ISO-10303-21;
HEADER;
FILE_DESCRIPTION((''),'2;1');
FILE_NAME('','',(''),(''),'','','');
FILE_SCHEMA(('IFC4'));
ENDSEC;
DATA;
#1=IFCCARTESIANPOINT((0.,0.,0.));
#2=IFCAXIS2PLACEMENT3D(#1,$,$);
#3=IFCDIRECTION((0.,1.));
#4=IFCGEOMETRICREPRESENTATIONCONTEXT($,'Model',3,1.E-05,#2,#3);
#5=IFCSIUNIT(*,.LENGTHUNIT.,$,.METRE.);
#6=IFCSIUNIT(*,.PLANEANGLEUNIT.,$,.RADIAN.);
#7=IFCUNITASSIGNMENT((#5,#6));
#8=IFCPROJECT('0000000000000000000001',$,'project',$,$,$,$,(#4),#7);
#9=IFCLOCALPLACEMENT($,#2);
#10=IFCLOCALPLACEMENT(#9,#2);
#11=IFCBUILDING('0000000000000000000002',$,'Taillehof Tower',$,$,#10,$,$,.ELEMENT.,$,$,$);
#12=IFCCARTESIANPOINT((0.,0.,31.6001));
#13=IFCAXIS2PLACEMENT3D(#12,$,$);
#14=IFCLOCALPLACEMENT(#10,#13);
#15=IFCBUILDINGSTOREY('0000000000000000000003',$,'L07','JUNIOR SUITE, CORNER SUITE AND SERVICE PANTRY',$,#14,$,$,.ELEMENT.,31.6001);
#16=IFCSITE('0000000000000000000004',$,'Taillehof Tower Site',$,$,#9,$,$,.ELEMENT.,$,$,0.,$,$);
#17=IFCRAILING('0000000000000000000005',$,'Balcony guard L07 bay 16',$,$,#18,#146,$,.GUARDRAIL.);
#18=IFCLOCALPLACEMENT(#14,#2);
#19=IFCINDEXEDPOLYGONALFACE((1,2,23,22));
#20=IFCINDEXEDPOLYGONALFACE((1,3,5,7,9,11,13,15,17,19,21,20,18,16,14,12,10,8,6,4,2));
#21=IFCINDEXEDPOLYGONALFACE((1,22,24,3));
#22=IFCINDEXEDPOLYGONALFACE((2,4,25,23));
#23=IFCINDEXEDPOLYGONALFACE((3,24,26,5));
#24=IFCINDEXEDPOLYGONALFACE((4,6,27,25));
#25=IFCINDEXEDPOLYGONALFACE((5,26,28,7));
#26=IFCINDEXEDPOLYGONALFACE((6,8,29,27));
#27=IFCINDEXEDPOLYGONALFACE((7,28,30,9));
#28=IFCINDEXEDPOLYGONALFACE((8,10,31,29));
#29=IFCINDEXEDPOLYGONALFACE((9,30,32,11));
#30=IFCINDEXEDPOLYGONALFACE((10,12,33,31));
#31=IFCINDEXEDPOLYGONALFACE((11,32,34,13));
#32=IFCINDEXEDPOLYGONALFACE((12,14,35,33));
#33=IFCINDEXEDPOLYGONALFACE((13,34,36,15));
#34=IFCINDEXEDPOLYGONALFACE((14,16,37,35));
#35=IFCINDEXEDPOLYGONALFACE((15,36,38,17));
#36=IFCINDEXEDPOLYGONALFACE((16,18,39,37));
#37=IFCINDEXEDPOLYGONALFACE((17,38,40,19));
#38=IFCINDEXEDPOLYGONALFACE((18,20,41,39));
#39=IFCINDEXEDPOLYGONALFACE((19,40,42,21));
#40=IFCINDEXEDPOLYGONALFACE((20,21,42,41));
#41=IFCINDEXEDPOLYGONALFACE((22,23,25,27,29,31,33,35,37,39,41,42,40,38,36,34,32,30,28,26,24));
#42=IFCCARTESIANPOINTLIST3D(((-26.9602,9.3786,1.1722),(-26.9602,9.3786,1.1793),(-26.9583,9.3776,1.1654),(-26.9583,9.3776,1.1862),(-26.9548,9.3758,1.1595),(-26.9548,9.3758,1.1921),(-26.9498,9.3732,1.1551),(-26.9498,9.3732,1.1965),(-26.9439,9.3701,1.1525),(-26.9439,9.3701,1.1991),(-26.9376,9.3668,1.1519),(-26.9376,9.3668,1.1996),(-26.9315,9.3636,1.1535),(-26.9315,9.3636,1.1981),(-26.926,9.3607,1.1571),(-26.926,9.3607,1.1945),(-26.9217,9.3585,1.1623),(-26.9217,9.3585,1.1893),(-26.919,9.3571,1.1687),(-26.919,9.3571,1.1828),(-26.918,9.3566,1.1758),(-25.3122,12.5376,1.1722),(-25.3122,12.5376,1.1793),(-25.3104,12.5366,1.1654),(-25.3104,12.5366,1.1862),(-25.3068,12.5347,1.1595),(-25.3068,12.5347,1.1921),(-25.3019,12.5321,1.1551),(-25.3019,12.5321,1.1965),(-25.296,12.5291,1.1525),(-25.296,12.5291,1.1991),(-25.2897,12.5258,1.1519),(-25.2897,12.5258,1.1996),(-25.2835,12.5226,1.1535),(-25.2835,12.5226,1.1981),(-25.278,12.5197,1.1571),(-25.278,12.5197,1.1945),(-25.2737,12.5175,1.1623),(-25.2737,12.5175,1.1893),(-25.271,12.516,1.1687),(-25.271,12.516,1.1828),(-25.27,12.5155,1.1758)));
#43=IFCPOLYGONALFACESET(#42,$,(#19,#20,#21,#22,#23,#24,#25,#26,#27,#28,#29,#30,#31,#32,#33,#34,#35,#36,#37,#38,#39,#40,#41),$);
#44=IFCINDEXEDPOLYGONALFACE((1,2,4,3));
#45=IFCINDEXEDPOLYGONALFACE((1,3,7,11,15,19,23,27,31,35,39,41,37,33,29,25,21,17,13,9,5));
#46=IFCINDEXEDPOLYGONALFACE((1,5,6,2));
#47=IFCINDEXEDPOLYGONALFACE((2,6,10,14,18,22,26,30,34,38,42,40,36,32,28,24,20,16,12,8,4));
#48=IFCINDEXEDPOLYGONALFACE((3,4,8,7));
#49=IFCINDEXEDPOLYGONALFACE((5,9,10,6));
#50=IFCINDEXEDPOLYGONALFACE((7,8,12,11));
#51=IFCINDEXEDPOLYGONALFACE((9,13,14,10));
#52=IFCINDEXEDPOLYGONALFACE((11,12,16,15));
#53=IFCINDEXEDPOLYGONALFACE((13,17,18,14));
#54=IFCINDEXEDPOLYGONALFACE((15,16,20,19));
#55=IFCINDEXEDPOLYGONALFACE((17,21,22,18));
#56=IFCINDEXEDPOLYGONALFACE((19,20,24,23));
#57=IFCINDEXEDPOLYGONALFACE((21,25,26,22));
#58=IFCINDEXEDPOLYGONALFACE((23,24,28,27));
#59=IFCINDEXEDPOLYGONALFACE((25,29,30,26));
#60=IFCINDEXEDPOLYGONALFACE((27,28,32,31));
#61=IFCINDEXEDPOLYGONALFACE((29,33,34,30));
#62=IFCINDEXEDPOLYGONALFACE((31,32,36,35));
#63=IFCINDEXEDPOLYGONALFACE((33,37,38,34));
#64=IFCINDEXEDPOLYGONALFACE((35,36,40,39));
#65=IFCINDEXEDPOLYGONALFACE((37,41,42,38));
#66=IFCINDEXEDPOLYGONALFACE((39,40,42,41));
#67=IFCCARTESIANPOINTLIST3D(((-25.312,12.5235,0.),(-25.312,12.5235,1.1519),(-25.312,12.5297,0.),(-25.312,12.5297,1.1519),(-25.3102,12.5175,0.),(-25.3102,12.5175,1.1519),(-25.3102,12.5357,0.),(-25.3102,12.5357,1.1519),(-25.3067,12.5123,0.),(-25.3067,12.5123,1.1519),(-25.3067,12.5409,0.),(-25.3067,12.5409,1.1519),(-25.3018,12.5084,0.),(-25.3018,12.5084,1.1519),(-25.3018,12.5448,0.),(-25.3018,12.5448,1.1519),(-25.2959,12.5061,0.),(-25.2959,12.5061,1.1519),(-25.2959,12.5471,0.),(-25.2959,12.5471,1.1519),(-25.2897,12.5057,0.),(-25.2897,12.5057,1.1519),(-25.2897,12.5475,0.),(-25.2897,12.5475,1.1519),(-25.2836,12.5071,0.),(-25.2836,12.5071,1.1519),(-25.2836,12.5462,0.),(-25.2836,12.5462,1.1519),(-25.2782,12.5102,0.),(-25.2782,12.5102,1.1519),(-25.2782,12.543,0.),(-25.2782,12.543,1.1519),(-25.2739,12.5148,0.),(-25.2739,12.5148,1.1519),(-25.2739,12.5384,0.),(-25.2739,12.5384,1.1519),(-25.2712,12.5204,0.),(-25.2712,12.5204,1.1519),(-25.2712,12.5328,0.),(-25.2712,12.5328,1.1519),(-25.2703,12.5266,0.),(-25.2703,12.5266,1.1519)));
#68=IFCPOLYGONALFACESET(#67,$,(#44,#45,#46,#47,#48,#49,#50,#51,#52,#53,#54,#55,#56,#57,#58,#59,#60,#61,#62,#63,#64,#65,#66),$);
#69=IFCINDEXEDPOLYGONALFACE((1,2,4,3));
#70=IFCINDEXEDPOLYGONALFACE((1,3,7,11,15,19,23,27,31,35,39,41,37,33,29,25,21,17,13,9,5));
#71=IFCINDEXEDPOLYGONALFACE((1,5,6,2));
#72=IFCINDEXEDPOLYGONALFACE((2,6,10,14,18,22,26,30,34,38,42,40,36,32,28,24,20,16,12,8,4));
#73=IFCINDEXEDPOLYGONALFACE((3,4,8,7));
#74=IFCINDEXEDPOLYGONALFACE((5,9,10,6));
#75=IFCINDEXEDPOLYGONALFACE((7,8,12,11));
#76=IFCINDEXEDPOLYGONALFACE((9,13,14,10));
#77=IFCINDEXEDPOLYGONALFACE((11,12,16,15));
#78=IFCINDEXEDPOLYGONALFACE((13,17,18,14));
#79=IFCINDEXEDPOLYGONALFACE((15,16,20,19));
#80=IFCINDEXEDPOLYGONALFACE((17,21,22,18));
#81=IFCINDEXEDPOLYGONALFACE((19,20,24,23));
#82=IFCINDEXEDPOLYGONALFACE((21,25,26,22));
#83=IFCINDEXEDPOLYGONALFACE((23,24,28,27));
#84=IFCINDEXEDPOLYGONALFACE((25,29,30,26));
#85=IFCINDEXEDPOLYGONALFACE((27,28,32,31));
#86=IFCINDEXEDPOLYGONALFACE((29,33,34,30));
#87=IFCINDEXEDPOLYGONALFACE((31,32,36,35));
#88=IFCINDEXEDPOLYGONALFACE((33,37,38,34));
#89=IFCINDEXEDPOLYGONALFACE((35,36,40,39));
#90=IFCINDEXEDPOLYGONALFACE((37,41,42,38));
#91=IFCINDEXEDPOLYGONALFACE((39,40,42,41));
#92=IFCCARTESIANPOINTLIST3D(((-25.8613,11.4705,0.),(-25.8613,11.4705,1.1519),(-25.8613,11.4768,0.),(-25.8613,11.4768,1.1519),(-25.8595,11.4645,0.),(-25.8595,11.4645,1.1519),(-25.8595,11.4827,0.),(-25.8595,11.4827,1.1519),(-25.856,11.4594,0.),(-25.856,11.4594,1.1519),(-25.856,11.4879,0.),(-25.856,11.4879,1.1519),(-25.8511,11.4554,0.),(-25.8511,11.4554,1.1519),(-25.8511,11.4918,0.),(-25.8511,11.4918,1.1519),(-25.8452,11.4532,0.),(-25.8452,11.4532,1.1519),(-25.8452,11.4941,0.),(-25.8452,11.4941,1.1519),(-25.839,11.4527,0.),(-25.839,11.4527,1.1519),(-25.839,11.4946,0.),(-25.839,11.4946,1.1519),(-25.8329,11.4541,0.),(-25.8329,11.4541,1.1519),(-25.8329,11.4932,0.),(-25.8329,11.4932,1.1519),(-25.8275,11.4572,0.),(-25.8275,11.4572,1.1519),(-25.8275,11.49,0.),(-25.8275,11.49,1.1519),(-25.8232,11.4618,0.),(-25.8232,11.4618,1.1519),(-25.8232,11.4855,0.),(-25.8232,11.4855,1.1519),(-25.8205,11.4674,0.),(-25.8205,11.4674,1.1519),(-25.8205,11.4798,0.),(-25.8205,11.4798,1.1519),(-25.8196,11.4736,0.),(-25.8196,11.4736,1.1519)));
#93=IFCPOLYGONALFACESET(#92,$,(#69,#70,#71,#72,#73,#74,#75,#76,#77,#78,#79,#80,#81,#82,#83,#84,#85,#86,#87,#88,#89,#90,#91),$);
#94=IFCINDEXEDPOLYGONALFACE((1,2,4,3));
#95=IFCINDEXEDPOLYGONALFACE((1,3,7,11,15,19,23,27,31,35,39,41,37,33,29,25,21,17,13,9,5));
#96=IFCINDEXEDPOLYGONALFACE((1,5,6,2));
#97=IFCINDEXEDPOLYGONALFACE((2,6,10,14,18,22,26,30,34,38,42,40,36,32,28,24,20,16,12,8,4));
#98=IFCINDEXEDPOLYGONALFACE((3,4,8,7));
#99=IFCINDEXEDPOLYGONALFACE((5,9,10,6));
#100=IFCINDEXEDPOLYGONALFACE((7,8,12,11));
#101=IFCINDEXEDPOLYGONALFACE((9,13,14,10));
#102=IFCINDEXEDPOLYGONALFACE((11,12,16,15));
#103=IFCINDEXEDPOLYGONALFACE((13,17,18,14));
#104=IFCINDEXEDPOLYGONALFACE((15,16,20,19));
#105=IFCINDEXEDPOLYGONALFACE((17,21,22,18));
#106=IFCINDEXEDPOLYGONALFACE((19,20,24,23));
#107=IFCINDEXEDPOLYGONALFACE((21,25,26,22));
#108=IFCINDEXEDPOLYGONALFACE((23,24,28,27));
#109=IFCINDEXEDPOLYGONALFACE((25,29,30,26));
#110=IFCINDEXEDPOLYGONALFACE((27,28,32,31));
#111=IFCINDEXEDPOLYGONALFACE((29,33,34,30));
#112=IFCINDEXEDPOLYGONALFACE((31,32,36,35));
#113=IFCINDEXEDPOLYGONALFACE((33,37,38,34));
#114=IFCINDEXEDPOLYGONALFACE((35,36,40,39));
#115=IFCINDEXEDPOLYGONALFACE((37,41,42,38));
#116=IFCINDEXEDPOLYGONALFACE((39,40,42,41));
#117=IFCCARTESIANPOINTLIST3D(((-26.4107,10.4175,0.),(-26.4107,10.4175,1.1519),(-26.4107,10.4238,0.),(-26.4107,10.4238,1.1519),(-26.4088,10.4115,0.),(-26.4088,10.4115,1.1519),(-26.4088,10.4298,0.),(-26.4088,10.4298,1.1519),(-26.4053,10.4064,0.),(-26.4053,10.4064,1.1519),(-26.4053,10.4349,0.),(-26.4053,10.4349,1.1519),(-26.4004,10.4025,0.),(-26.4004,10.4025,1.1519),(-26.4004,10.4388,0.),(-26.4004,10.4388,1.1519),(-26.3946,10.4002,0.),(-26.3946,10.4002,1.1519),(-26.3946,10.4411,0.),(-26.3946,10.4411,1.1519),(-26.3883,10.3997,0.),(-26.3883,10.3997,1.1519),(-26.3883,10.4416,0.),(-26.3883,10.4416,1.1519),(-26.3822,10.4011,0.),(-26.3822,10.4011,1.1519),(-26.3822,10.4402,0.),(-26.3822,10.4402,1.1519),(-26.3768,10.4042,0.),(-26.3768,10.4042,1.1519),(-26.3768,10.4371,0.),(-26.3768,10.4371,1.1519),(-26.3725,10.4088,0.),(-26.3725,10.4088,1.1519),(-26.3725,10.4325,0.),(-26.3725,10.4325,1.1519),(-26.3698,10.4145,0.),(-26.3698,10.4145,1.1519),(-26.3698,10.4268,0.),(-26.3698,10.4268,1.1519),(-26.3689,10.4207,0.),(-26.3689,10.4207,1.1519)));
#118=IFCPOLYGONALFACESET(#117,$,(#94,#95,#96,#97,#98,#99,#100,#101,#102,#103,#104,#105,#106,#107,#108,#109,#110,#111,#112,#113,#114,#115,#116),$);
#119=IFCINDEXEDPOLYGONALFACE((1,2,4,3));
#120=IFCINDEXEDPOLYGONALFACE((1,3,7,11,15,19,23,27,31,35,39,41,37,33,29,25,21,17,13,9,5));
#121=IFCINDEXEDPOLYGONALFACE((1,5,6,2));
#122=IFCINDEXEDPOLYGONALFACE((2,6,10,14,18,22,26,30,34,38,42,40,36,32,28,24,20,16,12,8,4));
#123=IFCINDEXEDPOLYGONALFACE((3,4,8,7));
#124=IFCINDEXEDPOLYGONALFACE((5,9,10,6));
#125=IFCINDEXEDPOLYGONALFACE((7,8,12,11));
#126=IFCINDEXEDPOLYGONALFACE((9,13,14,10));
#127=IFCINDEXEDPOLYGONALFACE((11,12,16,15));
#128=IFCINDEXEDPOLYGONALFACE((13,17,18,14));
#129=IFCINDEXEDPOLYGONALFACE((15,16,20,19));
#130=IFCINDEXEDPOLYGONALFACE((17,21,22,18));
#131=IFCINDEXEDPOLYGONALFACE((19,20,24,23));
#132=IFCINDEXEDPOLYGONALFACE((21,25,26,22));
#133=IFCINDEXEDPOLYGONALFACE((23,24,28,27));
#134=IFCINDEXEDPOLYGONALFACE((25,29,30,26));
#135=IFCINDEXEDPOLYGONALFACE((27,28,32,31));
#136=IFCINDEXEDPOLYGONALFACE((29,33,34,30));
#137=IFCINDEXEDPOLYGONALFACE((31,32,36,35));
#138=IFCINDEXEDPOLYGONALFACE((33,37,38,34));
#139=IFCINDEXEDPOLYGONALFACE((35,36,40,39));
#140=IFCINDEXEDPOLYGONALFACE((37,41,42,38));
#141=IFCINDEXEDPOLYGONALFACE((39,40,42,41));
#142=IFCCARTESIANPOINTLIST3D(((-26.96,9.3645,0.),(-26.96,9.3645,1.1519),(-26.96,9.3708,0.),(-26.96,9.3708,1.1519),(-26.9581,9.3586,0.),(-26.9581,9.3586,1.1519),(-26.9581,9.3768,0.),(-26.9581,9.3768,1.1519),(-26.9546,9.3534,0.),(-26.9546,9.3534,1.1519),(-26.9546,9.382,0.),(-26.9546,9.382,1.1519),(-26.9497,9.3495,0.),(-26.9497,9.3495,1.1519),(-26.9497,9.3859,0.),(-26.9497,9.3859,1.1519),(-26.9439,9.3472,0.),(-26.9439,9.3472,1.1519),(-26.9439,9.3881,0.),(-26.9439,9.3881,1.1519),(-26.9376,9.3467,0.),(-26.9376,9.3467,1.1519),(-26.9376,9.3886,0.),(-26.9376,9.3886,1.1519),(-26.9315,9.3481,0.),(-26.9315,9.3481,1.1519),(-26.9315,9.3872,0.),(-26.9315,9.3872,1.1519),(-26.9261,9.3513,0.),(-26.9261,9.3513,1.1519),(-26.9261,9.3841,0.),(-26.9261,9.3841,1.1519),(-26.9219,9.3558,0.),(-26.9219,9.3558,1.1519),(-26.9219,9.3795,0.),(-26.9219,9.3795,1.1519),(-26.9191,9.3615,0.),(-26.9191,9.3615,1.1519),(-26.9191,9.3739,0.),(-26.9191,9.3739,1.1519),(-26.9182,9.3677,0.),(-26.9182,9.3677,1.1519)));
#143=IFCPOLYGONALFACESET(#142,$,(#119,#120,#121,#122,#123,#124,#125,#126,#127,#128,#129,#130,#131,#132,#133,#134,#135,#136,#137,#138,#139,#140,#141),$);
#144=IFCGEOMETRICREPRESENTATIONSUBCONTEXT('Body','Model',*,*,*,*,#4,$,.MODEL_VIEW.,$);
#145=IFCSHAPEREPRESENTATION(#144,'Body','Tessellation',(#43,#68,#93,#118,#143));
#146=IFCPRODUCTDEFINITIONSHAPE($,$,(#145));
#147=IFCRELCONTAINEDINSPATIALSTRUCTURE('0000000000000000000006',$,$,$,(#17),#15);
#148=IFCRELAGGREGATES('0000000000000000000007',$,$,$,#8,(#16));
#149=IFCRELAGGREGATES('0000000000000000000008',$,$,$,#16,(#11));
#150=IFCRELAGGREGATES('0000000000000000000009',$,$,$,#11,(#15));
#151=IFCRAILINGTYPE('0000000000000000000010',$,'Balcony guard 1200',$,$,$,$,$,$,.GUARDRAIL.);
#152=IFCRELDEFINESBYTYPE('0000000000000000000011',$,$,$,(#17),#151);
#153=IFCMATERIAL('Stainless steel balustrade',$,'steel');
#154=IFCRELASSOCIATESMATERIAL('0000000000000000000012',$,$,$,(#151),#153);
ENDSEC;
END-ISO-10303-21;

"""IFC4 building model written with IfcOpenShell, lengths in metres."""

from ifc_helpers import new_model, si_unit, direction, frame, origin, origin_2d, place, context, subcontext, project, spatial, circle, extrude, material, type_object, element, save


model = new_model("IFC4")

# Units and contexts
model_context = context("Model", 3, precision=1e-05, world=origin(), true_north=direction((0.0, 1.0)))
body_context = subcontext(model_context, "Body", "Model", "MODEL_VIEW")
ifc_project = project(units=[si_unit("LENGTHUNIT", "METRE"), si_unit("PLANEANGLEUNIT", "RADIAN")], contexts=[model_context])

# Site, building, storey
site_placement = place(None, origin())
site = spatial("IfcSite", under=ifc_project, at=site_placement, Name="Taillehof Tower Site", CompositionType="ELEMENT", RefElevation=0.0)
building_placement = place(site_placement, origin())
building = spatial("IfcBuilding", under=site, at=building_placement, Name="Taillehof Tower", CompositionType="ELEMENT")
storey_placement = place(building_placement, frame((0.0, 0.0, 31.6001)))
storey = spatial("IfcBuildingStorey", under=building, at=storey_placement, Name="L07", Description="JUNIOR SUITE, CORNER SUITE AND SERVICE PANTRY", CompositionType="ELEMENT", Elevation=31.6001)

# Railing
ifc_material_1 = material(Name="Stainless steel balustrade", Category="steel")
railing_type = type_object("IfcRailingType", Name="Balcony guard 1200", PredefinedType="GUARDRAIL", material=ifc_material_1)
railing_1_placement = place(storey_placement, frame((-25.2913, 12.5266, 0.0)))
element("IfcRailing", 1, at=railing_1_placement, inside=storey, type_object=railing_type, Name="Balcony guard L07 bay 16", PredefinedType="GUARDRAIL", context=body_context, shape_type="SweptSolid", body=[
    extrude(circle(Radius=0.0239, at=origin_2d()), frame((0.0, 0.0, 1.1758), z_axis=(-0.462524, -0.886607, 0.0), x_axis=(0.886607, -0.462524, 0.0)), (0.0, 0.0, 1.0), 3.563),
    extrude(circle(Radius=0.021, at=origin_2d()), origin(), (0.0, 0.0, 1.0), 1.1519),
    extrude(circle(Radius=0.021, at=origin_2d()), frame((-0.5493, -1.053, 0.0)), (0.0, 0.0, 1.0), 1.1519),
    extrude(circle(Radius=0.021, at=origin_2d()), frame((-1.0986, -2.106, 0.0)), (0.0, 0.0, 1.0), 1.1519),
    extrude(circle(Radius=0.021, at=origin_2d()), frame((-1.6479, -3.1589, 0.0)), (0.0, 0.0, 1.0), 1.1519),
])

save(model, "model.ifc")
